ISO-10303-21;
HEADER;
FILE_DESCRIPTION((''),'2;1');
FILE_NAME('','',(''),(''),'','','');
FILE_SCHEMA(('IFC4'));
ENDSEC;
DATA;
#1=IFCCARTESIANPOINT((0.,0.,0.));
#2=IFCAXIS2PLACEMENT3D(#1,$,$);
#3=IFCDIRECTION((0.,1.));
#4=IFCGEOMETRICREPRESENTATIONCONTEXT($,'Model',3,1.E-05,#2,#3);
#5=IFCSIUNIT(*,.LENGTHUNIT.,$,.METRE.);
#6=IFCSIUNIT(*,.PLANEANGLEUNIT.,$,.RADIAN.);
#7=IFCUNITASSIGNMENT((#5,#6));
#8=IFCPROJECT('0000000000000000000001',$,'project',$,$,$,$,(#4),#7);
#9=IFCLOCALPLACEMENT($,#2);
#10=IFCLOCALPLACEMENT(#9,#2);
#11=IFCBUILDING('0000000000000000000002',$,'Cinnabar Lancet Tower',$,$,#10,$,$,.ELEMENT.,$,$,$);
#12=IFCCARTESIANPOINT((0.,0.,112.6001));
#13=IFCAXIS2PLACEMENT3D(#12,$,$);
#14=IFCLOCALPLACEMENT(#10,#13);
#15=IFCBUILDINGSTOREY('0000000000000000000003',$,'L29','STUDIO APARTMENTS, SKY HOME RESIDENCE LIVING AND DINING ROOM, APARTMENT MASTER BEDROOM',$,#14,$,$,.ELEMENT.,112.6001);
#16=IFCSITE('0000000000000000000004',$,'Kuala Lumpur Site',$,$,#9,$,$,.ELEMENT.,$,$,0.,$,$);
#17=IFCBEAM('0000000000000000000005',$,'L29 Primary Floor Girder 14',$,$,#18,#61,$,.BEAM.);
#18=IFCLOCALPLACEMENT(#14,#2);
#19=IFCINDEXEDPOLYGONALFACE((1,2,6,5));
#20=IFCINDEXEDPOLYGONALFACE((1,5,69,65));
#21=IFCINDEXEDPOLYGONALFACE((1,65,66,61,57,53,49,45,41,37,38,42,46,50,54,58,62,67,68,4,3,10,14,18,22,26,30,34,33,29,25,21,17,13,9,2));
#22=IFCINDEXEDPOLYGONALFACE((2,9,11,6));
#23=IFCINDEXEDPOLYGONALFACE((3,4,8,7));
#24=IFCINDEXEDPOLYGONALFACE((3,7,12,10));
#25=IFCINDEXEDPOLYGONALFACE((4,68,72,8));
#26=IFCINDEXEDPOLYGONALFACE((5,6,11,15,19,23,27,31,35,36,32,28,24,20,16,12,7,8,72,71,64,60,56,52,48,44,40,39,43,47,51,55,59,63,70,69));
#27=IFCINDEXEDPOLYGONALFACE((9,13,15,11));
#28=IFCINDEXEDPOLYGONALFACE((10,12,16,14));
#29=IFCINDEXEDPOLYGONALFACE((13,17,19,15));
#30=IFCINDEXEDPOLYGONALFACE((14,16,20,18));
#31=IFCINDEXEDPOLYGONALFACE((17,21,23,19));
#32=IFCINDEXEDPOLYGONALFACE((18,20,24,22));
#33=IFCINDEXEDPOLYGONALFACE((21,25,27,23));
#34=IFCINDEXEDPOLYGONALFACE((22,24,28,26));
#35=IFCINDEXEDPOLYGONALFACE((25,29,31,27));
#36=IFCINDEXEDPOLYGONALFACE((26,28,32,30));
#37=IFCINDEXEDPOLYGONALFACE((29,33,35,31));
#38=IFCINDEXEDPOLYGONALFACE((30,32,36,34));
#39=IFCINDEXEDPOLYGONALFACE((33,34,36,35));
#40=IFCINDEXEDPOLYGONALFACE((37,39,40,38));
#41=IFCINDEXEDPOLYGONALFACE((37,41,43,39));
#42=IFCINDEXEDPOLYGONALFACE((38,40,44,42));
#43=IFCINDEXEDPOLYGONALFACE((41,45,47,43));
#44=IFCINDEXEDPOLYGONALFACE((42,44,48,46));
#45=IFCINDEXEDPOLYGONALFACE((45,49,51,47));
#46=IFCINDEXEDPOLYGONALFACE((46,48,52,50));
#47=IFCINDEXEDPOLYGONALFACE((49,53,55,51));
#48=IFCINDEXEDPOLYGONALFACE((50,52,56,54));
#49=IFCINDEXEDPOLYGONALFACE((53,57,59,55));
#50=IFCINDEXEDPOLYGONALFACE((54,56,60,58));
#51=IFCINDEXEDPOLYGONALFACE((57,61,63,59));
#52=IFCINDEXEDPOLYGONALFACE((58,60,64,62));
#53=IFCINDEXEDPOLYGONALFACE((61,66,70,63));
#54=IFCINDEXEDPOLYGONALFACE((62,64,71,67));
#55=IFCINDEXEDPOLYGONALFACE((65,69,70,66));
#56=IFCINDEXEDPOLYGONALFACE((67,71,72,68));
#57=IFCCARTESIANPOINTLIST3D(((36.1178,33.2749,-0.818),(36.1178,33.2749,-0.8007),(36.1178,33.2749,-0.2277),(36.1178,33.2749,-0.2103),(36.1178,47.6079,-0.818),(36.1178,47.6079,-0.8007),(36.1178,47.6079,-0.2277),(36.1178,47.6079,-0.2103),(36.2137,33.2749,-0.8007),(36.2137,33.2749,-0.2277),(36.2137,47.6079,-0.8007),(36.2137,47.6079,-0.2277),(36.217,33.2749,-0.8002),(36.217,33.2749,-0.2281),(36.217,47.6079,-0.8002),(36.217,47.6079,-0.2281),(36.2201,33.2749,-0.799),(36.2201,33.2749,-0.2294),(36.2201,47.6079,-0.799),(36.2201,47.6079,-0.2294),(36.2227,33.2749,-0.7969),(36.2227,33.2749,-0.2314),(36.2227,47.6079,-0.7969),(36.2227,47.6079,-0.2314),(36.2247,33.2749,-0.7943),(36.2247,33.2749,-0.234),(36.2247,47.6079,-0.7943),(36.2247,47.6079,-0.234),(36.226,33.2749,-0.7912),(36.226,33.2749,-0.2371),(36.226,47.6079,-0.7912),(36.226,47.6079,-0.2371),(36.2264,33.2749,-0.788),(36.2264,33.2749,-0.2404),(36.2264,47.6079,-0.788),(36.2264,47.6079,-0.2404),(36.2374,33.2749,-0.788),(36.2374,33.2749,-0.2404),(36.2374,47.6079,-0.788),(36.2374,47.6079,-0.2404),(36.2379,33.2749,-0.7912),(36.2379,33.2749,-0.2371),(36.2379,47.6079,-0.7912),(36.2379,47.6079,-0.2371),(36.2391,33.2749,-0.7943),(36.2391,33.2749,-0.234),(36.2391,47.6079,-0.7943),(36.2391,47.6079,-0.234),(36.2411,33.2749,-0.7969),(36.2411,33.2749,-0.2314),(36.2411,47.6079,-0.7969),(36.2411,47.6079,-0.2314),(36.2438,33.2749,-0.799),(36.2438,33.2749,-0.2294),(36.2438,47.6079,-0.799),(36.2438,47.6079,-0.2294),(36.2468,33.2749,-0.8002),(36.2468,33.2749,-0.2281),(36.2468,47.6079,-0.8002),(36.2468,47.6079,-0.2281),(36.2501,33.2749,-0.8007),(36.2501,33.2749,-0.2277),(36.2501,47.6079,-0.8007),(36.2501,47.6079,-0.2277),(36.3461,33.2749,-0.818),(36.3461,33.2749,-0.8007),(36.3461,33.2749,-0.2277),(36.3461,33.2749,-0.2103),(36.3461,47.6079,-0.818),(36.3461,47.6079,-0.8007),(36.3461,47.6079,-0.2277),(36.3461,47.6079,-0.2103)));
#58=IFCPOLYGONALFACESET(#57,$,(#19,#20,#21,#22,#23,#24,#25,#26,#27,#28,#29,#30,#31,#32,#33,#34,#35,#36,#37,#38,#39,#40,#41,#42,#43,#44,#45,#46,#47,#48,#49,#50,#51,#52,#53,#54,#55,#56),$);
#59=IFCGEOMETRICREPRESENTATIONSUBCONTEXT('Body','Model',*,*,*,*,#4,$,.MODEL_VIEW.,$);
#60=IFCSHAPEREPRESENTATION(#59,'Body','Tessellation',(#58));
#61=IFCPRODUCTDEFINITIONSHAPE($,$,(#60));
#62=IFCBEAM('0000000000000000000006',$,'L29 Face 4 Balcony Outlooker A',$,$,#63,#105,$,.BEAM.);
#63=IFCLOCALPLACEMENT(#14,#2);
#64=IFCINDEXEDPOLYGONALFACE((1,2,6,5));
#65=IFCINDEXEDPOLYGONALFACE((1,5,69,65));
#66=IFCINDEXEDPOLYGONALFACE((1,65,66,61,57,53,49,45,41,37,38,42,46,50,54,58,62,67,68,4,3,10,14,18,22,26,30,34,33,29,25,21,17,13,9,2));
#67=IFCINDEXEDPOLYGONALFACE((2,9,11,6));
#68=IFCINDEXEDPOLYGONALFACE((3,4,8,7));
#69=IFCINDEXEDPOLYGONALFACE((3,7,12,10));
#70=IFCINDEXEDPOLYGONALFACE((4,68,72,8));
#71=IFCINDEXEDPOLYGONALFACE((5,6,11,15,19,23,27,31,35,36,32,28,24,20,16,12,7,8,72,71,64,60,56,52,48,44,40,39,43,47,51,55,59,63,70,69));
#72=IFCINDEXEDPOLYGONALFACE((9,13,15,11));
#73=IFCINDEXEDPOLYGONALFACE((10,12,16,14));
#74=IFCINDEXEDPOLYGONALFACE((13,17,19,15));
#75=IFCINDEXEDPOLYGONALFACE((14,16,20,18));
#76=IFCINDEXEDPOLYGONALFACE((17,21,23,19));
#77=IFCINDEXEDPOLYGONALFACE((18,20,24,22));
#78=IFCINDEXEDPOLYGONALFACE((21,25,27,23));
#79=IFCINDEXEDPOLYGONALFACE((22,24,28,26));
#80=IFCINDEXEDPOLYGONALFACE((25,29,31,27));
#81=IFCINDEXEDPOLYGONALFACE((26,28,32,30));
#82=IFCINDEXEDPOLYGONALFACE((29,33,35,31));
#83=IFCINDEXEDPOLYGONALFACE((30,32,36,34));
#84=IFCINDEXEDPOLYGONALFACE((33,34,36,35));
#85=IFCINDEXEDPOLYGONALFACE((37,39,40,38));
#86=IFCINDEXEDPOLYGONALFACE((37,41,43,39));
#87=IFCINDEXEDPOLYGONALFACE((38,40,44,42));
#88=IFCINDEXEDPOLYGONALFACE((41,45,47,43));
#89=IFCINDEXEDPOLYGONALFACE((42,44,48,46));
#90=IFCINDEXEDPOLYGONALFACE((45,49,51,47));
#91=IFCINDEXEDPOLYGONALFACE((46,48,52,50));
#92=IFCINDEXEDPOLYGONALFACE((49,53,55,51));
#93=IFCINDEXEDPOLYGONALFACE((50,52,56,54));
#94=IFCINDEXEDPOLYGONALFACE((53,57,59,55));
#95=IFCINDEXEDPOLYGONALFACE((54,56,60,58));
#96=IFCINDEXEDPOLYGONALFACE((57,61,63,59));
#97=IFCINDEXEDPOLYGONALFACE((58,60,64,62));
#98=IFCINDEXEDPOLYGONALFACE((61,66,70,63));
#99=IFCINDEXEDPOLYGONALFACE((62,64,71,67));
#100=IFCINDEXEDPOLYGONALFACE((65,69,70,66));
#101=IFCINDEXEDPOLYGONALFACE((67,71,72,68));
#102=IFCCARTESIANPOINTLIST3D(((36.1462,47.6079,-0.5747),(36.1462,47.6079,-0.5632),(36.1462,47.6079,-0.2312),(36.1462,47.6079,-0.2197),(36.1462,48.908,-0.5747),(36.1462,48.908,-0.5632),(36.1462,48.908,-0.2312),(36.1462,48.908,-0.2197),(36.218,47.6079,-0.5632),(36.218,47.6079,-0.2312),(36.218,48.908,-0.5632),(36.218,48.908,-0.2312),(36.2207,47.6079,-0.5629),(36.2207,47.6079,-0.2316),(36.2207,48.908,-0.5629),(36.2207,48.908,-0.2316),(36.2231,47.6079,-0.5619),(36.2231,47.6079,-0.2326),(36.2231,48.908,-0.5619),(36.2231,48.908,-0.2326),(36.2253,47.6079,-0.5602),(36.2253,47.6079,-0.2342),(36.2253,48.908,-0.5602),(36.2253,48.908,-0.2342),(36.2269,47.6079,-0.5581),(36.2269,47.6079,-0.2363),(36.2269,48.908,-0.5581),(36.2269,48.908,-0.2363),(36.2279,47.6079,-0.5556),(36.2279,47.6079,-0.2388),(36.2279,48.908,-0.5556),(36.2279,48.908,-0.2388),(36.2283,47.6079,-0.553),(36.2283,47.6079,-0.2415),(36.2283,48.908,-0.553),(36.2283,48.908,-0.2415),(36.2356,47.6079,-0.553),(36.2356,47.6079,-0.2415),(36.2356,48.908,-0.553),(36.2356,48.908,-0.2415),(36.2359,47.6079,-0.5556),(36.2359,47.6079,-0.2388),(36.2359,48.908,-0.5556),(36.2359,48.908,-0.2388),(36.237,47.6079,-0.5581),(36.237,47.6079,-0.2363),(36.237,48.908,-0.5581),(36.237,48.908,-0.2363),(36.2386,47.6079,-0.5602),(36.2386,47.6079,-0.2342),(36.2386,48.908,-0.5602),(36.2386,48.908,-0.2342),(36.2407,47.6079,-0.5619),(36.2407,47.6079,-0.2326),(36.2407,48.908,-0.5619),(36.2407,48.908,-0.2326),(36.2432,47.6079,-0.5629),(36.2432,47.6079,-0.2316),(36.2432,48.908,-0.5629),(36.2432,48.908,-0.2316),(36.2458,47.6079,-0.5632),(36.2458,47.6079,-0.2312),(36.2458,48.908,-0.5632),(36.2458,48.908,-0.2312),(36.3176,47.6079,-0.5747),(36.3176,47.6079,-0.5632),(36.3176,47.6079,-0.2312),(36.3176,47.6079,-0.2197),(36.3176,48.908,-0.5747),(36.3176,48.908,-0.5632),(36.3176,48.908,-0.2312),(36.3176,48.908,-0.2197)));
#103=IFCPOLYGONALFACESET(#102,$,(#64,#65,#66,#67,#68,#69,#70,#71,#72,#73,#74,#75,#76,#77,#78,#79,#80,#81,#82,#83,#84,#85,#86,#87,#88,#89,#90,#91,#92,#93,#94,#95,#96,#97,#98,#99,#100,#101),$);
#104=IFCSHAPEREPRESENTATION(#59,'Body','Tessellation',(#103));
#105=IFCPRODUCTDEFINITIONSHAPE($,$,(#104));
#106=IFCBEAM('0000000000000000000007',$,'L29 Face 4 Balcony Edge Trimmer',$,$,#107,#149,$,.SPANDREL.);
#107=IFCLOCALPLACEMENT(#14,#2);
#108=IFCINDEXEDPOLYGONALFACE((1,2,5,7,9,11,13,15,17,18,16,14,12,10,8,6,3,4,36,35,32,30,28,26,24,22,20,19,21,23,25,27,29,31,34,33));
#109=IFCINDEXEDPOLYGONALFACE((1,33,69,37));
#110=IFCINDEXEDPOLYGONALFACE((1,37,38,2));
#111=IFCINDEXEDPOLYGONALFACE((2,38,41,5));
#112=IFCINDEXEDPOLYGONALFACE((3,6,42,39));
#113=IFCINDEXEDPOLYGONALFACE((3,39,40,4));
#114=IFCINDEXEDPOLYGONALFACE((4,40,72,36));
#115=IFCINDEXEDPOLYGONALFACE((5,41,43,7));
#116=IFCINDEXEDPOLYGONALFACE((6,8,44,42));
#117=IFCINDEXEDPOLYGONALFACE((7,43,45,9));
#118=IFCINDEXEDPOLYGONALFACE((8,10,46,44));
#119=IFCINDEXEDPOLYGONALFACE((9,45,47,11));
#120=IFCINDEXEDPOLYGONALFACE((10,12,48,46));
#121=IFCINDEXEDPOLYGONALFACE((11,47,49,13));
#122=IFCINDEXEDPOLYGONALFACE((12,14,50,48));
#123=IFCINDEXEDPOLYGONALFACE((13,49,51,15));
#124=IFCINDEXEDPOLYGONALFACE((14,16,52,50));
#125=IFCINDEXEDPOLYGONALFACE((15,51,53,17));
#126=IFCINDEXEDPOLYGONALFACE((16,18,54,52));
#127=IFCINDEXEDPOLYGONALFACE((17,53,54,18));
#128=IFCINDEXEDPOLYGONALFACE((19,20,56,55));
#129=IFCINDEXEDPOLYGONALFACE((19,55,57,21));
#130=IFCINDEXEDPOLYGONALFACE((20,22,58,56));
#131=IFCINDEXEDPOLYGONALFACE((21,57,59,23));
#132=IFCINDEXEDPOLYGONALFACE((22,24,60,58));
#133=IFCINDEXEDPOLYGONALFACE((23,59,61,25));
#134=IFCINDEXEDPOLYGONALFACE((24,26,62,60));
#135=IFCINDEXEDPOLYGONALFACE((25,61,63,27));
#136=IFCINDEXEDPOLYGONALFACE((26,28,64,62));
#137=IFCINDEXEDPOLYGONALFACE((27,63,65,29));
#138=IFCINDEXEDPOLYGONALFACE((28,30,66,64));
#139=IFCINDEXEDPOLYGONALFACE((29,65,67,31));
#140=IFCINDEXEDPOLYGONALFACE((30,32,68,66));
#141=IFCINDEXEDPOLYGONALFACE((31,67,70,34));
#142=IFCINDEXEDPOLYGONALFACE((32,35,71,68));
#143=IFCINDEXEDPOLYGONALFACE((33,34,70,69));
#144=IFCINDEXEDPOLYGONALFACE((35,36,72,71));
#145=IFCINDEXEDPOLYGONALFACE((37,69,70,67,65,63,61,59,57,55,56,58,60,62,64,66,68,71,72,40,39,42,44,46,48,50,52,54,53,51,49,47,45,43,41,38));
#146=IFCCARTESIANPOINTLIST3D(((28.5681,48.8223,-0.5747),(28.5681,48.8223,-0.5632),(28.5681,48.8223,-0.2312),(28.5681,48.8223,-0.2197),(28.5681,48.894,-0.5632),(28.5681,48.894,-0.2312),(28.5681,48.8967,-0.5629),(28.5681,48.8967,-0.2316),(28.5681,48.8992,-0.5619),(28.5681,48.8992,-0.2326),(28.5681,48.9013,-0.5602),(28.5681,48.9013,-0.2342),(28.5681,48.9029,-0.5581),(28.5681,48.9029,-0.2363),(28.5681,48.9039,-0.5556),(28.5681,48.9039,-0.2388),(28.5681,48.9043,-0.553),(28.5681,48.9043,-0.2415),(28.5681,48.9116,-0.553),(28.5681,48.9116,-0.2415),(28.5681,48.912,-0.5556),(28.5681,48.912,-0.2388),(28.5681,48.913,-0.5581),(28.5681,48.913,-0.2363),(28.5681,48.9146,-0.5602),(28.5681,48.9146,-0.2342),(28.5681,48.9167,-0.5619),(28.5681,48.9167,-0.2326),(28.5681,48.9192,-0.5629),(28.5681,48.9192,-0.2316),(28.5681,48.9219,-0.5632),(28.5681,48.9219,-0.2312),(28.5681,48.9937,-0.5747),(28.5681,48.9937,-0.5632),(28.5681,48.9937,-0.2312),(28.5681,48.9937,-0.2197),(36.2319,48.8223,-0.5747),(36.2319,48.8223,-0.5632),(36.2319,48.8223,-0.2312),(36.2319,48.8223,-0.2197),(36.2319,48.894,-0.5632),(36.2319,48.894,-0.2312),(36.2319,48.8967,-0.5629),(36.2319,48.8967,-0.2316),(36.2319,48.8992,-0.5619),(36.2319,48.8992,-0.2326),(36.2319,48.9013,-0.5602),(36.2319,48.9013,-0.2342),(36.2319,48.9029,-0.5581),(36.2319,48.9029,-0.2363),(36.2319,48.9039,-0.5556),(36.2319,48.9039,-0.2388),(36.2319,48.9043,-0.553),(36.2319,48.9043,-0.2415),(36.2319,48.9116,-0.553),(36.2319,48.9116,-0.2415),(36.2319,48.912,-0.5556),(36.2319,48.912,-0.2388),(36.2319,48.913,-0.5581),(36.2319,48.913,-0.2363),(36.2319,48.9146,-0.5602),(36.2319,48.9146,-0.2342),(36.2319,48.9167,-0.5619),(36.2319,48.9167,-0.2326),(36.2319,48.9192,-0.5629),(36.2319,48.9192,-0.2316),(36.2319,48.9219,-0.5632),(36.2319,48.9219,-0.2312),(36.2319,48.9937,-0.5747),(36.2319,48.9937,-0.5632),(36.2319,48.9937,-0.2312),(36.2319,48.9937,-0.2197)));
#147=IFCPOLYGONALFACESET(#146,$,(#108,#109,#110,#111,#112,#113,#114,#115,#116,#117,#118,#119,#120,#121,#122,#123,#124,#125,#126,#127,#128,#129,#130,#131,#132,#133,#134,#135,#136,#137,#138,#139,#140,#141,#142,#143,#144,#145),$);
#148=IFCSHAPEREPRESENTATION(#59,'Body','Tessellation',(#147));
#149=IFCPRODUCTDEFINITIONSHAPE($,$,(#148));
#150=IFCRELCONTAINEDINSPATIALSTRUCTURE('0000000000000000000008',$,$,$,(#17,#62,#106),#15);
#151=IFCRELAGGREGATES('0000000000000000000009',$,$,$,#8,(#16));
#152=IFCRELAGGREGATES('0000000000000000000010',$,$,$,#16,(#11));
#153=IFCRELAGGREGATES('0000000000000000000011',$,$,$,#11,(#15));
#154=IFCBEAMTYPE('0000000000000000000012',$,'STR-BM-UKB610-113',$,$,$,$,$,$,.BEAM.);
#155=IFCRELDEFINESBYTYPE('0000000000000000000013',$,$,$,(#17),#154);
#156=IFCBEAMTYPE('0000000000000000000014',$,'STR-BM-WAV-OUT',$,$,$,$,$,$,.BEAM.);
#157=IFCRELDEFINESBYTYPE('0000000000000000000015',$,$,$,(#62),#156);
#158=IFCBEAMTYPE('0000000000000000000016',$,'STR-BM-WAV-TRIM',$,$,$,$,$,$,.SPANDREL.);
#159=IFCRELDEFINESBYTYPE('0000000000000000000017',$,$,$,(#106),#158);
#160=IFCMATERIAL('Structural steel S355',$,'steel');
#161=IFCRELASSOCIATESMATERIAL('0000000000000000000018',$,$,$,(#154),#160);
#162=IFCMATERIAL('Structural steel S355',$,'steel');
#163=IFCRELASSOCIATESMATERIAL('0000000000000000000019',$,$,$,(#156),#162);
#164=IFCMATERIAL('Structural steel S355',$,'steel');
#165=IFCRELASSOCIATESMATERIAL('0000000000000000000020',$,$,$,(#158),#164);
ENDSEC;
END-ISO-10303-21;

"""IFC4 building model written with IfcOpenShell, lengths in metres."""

from ifc_helpers import new_model, si_unit, direction, frame, origin, origin_2d, place, context, subcontext, project, spatial, i_section, extrude, material, material_profile, profile_set, type_object, element, save


model = new_model("IFC4")

# Units and contexts
model_context = context("Model", 3, precision=1e-05, world=origin(), true_north=direction((0.0, 1.0)))
body_context = subcontext(model_context, "Body", "Model", "MODEL_VIEW")
ifc_project = project(units=[si_unit("LENGTHUNIT", "METRE"), si_unit("PLANEANGLEUNIT", "RADIAN")], contexts=[model_context])

# Site, building, storey
site_placement = place(None, origin())
site = spatial("IfcSite", under=ifc_project, at=site_placement, Name="Kuala Lumpur Site", CompositionType="ELEMENT", RefElevation=0.0)
building_placement = place(site_placement, origin())
building = spatial("IfcBuilding", under=site, at=building_placement, Name="Cinnabar Lancet Tower", CompositionType="ELEMENT")
storey_placement = place(building_placement, frame((0.0, 0.0, 112.6001)))
storey = spatial("IfcBuildingStorey", under=building, at=storey_placement, Name="L29", Description="STUDIO APARTMENTS, SKY HOME RESIDENCE LIVING AND DINING ROOM, APARTMENT MASTER BEDROOM", CompositionType="ELEMENT", Elevation=112.6001)

# Beams
ifc_material_1 = material(Name="Structural steel S355", Category="steel")
ifc_material_profile_1 = material_profile(ifc_material_1, i_section(OverallWidth=0.2283, OverallDepth=0.6077, WebThickness=0.011, FlangeThickness=0.0173, FilletRadius=0.0127, at=origin_2d()), Name="UKB 610x229x113")
ifc_profile_set_1 = profile_set([ifc_material_profile_1], Name="Structural steel S355")
beam_type_1 = type_object("IfcBeamType", Name="STR-BM-UKB610-113", PredefinedType="BEAM", material=ifc_profile_set_1)
beam_1_placement = place(storey_placement, frame((36.2319, 47.6079, -0.5142), z_axis=(0.0, -1.0, 0.0), x_axis=(1.0, 0.0, 0.0)))
element("IfcBeam", 1, at=beam_1_placement, inside=storey, type_object=beam_type_1, Name="L29 Primary Floor Girder 14", PredefinedType="BEAM", context=body_context, shape_type="SweptSolid", body=[
    extrude(i_section(OverallWidth=0.2283, OverallDepth=0.6077, WebThickness=0.011, FlangeThickness=0.0173, FilletRadius=0.0127, at=origin_2d()), origin(), (0.0, 0.0, 1.0), 14.333),
])
ifc_material_2 = material(Name="Structural steel S355", Category="steel")
ifc_material_profile_2 = material_profile(ifc_material_2, i_section(OverallWidth=0.1714, OverallDepth=0.355, WebThickness=0.0073, FlangeThickness=0.0115, FilletRadius=0.0103, at=origin_2d()), Name="UKB 356x171x51")
ifc_profile_set_2 = profile_set([ifc_material_profile_2], Name="Structural steel S355")
beam_type_2 = type_object("IfcBeamType", Name="STR-BM-WAV-OUT", PredefinedType="BEAM", material=ifc_profile_set_2)
beam_2_placement = place(storey_placement, frame((36.2319, 47.6079, -0.3972), z_axis=(0.0, 1.0, 0.0), x_axis=(-1.0, 0.0, 0.0)))
element("IfcBeam", 2, at=beam_2_placement, inside=storey, type_object=beam_type_2, Name="L29 Face 4 Balcony Outlooker A", PredefinedType="BEAM", context=body_context, shape_type="SweptSolid", body=[
    extrude(i_section(OverallWidth=0.1714, OverallDepth=0.355, WebThickness=0.0073, FlangeThickness=0.0115, FilletRadius=0.0103, at=origin_2d()), origin(), (0.0, 0.0, 1.0), 1.3),
])
ifc_material_3 = material(Name="Structural steel S355", Category="steel")
ifc_material_profile_3 = material_profile(ifc_material_3, i_section(OverallWidth=0.1714, OverallDepth=0.355, WebThickness=0.0073, FlangeThickness=0.0115, FilletRadius=0.0103, at=origin_2d()), Name="UKB 356x171x51")
ifc_profile_set_3 = profile_set([ifc_material_profile_3], Name="Structural steel S355")
beam_type_3 = type_object("IfcBeamType", Name="STR-BM-WAV-TRIM", PredefinedType="SPANDREL", material=ifc_profile_set_3)
beam_3_placement = place(storey_placement, frame((36.2319, 48.908, -0.3972), z_axis=(-1.0, 0.0, 0.0), x_axis=(0.0, -1.0, 0.0)))
element("IfcBeam", 3, at=beam_3_placement, inside=storey, type_object=beam_type_3, Name="L29 Face 4 Balcony Edge Trimmer", PredefinedType="SPANDREL", context=body_context, shape_type="SweptSolid", body=[
    extrude(i_section(OverallWidth=0.1714, OverallDepth=0.355, WebThickness=0.0073, FlangeThickness=0.0115, FilletRadius=0.0103, at=origin_2d()), origin(), (0.0, 0.0, 1.0), 7.6638),
])

save(model, "model.ifc")
